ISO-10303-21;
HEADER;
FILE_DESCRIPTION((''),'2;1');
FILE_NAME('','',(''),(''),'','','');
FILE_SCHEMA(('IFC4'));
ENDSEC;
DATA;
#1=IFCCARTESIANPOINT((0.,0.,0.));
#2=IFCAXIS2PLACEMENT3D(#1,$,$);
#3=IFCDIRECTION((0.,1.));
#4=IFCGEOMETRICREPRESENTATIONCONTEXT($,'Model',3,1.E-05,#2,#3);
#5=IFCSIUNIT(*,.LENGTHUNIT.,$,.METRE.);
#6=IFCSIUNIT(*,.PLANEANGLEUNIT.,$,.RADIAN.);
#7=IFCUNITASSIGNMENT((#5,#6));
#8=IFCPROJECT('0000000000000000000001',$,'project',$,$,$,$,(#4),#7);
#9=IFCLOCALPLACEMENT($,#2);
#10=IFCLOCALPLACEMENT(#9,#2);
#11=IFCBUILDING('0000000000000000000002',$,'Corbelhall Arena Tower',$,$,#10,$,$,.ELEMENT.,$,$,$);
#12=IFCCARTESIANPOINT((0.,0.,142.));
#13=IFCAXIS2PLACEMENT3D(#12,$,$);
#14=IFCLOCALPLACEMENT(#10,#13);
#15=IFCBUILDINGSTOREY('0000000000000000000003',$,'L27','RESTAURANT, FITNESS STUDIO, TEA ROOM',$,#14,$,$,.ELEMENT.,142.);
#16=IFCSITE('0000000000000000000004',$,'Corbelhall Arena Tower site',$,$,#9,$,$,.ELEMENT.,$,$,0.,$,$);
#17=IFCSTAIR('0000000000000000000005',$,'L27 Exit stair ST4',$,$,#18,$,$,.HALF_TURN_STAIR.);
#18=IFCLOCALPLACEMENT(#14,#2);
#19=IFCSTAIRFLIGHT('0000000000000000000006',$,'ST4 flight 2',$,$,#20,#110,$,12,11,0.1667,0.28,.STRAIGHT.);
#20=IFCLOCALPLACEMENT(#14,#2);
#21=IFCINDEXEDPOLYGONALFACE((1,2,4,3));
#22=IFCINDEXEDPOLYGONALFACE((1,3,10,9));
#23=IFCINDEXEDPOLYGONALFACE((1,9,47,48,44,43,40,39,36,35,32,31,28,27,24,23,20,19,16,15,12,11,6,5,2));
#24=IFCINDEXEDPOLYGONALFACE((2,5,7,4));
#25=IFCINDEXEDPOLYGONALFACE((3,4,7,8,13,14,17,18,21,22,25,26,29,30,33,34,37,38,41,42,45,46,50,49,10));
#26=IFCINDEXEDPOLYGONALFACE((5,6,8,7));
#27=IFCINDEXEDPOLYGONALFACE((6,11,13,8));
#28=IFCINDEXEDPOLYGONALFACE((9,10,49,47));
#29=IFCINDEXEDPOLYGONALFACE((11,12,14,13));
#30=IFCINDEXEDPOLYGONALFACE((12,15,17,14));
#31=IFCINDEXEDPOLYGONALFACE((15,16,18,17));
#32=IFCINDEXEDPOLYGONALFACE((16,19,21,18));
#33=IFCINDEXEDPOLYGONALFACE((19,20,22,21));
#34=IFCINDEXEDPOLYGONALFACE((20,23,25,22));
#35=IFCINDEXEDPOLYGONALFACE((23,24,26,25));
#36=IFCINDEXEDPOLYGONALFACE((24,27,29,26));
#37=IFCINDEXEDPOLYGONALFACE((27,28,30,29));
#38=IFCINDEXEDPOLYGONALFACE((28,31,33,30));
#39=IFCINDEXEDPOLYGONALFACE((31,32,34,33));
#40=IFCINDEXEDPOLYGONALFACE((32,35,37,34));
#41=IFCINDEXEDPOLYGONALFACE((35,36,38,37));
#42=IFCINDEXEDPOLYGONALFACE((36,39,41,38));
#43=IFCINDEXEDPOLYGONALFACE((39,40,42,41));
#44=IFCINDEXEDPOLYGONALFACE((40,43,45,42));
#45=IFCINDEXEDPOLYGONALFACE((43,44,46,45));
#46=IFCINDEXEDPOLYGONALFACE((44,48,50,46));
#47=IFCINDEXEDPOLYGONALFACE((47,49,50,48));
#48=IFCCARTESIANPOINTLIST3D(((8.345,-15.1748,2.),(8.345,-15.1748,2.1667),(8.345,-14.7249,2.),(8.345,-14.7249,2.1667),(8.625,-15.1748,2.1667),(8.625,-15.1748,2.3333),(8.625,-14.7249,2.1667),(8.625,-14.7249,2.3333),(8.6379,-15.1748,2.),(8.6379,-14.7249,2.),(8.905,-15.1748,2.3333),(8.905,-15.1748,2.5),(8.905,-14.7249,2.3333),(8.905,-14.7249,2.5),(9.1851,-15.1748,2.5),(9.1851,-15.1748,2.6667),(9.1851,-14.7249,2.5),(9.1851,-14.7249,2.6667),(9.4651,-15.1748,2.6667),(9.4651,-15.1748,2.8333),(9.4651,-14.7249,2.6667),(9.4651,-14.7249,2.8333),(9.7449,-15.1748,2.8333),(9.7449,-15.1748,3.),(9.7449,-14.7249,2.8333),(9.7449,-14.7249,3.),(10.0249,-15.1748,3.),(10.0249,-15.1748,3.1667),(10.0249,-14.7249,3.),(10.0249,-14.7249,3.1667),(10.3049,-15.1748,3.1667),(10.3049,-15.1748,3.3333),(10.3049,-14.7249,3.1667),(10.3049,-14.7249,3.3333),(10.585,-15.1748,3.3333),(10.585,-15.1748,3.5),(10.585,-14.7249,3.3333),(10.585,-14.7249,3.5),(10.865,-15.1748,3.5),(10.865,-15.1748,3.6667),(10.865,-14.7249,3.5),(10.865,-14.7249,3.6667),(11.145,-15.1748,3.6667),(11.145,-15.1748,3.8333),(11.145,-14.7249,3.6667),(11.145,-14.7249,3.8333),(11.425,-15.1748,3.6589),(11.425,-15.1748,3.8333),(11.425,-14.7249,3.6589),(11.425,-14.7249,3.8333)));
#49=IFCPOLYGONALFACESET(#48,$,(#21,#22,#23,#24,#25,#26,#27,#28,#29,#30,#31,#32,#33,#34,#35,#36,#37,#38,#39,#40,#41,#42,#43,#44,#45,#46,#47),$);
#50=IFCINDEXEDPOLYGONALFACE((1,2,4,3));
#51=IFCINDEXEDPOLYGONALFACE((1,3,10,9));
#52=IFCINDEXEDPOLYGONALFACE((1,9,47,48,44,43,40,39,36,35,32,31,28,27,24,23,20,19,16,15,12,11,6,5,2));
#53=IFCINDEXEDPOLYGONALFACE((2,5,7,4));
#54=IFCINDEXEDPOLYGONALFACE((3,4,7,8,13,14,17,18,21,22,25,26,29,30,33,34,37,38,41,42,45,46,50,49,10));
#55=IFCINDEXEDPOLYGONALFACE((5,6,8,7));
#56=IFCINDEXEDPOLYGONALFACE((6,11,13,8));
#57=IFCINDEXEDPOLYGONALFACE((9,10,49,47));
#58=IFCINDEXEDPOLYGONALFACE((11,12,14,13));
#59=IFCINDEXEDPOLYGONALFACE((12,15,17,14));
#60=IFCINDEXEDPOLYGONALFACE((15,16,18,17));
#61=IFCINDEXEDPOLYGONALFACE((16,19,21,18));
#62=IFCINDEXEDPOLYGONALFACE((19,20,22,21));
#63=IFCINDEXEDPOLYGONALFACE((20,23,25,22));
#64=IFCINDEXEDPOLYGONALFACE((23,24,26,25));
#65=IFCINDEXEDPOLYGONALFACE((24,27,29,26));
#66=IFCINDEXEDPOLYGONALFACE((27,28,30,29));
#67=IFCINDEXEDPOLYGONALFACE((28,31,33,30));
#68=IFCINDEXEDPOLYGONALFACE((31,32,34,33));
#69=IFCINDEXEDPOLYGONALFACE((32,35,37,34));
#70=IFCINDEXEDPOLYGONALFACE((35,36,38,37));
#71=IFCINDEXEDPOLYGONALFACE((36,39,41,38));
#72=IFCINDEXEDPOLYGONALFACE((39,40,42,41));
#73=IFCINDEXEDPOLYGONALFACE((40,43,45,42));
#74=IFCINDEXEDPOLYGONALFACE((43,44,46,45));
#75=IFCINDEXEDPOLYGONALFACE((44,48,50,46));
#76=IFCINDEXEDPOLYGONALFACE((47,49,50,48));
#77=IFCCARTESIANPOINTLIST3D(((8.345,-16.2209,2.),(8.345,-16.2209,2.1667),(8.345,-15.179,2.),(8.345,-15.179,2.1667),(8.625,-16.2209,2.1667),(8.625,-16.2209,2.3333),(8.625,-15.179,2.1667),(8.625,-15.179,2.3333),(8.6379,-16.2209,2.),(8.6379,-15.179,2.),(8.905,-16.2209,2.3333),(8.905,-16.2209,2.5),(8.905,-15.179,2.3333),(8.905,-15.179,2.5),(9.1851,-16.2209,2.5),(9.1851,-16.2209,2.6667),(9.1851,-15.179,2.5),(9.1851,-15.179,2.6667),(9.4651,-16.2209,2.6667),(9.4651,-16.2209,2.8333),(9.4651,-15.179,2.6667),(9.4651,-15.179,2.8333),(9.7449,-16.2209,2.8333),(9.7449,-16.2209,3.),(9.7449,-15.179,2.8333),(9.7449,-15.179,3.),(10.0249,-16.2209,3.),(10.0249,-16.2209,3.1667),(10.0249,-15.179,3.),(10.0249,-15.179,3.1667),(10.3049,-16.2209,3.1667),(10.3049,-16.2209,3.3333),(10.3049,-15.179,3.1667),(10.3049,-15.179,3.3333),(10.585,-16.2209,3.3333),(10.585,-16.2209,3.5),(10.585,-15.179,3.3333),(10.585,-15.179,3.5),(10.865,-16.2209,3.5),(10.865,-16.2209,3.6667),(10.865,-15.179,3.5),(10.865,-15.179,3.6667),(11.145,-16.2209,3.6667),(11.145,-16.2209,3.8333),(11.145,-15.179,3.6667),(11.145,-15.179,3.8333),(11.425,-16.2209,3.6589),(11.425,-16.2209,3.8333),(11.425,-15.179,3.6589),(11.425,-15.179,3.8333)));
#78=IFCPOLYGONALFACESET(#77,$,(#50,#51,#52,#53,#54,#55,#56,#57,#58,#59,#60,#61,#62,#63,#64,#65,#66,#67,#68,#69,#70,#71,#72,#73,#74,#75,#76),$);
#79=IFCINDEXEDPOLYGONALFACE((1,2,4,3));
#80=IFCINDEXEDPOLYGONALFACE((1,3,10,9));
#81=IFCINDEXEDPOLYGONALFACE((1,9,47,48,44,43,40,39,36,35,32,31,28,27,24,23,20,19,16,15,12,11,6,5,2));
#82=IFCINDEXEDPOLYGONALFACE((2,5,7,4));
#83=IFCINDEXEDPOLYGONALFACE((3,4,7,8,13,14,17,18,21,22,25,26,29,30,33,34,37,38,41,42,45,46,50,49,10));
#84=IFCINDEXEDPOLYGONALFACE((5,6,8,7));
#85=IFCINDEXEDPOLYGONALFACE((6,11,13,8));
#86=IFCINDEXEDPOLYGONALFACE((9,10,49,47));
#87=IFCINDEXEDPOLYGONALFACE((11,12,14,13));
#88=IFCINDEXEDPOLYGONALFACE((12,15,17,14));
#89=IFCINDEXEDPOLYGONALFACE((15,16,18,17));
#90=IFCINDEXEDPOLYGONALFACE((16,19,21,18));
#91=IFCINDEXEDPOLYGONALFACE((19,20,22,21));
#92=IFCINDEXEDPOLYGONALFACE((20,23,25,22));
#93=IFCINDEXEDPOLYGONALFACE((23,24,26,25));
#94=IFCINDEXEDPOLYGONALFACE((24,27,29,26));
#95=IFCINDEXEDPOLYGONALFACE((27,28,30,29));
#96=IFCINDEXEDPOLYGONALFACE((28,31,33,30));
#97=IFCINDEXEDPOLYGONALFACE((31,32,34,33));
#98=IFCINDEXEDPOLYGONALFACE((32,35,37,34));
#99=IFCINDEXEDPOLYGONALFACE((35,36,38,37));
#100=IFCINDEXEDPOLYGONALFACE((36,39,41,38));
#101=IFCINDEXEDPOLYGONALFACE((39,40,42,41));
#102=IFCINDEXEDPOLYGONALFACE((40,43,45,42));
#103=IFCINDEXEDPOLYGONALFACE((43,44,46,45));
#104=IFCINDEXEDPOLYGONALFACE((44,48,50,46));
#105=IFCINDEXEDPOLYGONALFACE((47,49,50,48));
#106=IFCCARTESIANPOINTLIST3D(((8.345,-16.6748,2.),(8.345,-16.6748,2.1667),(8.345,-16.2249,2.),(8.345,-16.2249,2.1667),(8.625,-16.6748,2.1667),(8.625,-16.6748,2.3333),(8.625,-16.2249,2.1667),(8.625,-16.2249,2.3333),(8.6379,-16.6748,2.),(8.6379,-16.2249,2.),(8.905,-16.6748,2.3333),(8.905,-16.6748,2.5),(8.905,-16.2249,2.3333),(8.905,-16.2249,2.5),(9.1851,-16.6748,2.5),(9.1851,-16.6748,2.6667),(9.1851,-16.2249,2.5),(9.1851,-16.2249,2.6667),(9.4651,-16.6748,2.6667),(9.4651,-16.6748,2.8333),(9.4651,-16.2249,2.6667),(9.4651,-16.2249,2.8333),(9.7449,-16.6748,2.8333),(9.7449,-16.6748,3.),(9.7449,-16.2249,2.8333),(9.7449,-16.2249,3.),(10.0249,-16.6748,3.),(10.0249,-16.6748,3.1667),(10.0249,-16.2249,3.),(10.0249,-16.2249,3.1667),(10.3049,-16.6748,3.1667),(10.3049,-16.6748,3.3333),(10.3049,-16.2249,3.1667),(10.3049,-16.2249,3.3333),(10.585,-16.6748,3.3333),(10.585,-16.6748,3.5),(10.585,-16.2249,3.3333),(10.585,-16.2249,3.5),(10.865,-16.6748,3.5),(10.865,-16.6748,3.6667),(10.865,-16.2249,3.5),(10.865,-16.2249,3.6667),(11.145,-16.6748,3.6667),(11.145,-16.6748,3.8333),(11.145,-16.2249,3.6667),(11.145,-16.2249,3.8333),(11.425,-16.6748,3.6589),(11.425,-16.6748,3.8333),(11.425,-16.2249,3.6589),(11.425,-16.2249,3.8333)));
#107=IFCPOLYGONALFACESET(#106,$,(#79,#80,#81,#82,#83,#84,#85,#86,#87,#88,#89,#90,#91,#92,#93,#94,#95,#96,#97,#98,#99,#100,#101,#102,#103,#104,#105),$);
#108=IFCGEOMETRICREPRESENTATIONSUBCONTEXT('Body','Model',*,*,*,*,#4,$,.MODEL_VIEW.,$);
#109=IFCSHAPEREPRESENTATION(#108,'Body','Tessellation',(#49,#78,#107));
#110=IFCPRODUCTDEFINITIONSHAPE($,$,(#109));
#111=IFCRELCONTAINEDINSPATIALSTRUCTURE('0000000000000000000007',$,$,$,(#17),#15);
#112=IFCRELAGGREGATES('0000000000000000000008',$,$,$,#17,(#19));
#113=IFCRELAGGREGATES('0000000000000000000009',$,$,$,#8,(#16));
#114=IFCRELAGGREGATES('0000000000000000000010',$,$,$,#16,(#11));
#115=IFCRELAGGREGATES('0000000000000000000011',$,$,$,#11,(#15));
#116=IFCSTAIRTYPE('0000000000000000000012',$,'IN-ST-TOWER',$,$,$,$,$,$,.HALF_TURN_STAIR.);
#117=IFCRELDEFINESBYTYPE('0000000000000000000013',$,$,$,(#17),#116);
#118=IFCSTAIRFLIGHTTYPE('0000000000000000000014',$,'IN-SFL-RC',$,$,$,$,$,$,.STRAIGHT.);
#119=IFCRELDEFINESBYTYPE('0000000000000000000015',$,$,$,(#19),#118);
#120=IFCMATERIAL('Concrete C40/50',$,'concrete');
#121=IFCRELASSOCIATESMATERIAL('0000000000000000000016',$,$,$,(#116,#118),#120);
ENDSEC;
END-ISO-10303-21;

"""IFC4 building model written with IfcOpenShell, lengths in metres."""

from ifc_helpers import new_model, si_unit, direction, frame, origin, place, context, subcontext, project, spatial, polyline, outline, extrude, material, type_object, element, aggregate, save


model = new_model("IFC4")

# Units and contexts
model_context = context("Model", 3, precision=1e-05, world=origin(), true_north=direction((0.0, 1.0)))
body_context = subcontext(model_context, "Body", "Model", "MODEL_VIEW")
ifc_project = project(units=[si_unit("LENGTHUNIT", "METRE"), si_unit("PLANEANGLEUNIT", "RADIAN")], contexts=[model_context])

# Site, building, storey
site_placement = place(None, origin())
site = spatial("IfcSite", under=ifc_project, at=site_placement, Name="Corbelhall Arena Tower site", CompositionType="ELEMENT", RefElevation=0.0)
building_placement = place(site_placement, origin())
building = spatial("IfcBuilding", under=site, at=building_placement, Name="Corbelhall Arena Tower", CompositionType="ELEMENT")
storey_placement = place(building_placement, frame((0.0, 0.0, 142.0)))
storey = spatial("IfcBuildingStorey", under=building, at=storey_placement, Name="L27", Description="RESTAURANT, FITNESS STUDIO, TEA ROOM", CompositionType="ELEMENT", Elevation=142.0)

# Shared definitions
ifc_material_1 = material(Name="Concrete C40/50", Category="concrete")

# Stair, stair flight
stair_type = type_object("IfcStairType", Name="IN-ST-TOWER", PredefinedType="HALF_TURN_STAIR", material=ifc_material_1)
stair_placement = place(storey_placement, origin())
stair = element("IfcStair", 1, at=stair_placement, inside=storey, type_object=stair_type, Name="L27 Exit stair ST4", PredefinedType="HALF_TURN_STAIR")
stair_flight_type = type_object("IfcStairFlightType", Name="IN-SFL-RC", PredefinedType="STRAIGHT", material=ifc_material_1)
stair_flight_placement = place(storey_placement, frame((8.345, -15.7, 2.0), z_axis=(0.0, 0.0, 1.0), x_axis=(1.0, 0.0, 0.0)))
stair_flight = element("IfcStairFlight", 2, at=stair_flight_placement, type_object=stair_flight_type, Name="ST4 flight 2", NumberOfRisers=12, NumberOfTreads=11, PredefinedType="STRAIGHT", RiserHeight=0.1667, TreadLength=0.28, context=body_context, shape_type="SweptSolid", body=[
    extrude(outline(polyline([(0.0, 0.0), (0.0, 0.1667), (0.28, 0.1667), (0.28, 0.3333), (0.5601, 0.3333), (0.5601, 0.5), (0.8401, 0.5), (0.8401, 0.6667), (1.1201, 0.6667), (1.1201, 0.8333), (1.3999, 0.8333), (1.3999, 1.0), (1.6799, 1.0), (1.6799, 1.1667), (1.96, 1.1667), (1.96, 1.3333), (2.24, 1.3333), (2.24, 1.5), (2.52, 1.5), (2.52, 1.6667), (2.8, 1.6667), (2.8, 1.8333), (3.0801, 1.8333), (3.0801, 2.0), (3.0801, 1.6589), (0.293, 0.0), (0.0, 0.0)])), frame((0.0, 0.9751, 0.0), z_axis=(0.0, -1.0, 0.0), x_axis=(1.0, 0.0, 0.0)), (0.0, 0.0, 1.0), 0.45),
    extrude(outline(polyline([(0.0, 0.0), (0.0, 0.1667), (0.28, 0.1667), (0.28, 0.3333), (0.5601, 0.3333), (0.5601, 0.5), (0.8401, 0.5), (0.8401, 0.6667), (1.1201, 0.6667), (1.1201, 0.8333), (1.3999, 0.8333), (1.3999, 1.0), (1.6799, 1.0), (1.6799, 1.1667), (1.96, 1.1667), (1.96, 1.3333), (2.24, 1.3333), (2.24, 1.5), (2.52, 1.5), (2.52, 1.6667), (2.8, 1.6667), (2.8, 1.8333), (3.0801, 1.8333), (3.0801, 2.0), (3.0801, 1.6589), (0.293, 0.0), (0.0, 0.0)])), frame((0.0, 0.521, 0.0), z_axis=(0.0, -1.0, 0.0), x_axis=(1.0, 0.0, 0.0)), (0.0, 0.0, 1.0), 1.042),
    extrude(outline(polyline([(0.0, 0.0), (0.0, 0.1667), (0.28, 0.1667), (0.28, 0.3333), (0.5601, 0.3333), (0.5601, 0.5), (0.8401, 0.5), (0.8401, 0.6667), (1.1201, 0.6667), (1.1201, 0.8333), (1.3999, 0.8333), (1.3999, 1.0), (1.6799, 1.0), (1.6799, 1.1667), (1.96, 1.1667), (1.96, 1.3333), (2.24, 1.3333), (2.24, 1.5), (2.52, 1.5), (2.52, 1.6667), (2.8, 1.6667), (2.8, 1.8333), (3.0801, 1.8333), (3.0801, 2.0), (3.0801, 1.6589), (0.293, 0.0), (0.0, 0.0)])), frame((0.0, -0.5249, 0.0), z_axis=(0.0, -1.0, 0.0), x_axis=(1.0, 0.0, 0.0)), (0.0, 0.0, 1.0), 0.45),
])
aggregate(stair, [stair_flight])

save(model, "model.ifc")
